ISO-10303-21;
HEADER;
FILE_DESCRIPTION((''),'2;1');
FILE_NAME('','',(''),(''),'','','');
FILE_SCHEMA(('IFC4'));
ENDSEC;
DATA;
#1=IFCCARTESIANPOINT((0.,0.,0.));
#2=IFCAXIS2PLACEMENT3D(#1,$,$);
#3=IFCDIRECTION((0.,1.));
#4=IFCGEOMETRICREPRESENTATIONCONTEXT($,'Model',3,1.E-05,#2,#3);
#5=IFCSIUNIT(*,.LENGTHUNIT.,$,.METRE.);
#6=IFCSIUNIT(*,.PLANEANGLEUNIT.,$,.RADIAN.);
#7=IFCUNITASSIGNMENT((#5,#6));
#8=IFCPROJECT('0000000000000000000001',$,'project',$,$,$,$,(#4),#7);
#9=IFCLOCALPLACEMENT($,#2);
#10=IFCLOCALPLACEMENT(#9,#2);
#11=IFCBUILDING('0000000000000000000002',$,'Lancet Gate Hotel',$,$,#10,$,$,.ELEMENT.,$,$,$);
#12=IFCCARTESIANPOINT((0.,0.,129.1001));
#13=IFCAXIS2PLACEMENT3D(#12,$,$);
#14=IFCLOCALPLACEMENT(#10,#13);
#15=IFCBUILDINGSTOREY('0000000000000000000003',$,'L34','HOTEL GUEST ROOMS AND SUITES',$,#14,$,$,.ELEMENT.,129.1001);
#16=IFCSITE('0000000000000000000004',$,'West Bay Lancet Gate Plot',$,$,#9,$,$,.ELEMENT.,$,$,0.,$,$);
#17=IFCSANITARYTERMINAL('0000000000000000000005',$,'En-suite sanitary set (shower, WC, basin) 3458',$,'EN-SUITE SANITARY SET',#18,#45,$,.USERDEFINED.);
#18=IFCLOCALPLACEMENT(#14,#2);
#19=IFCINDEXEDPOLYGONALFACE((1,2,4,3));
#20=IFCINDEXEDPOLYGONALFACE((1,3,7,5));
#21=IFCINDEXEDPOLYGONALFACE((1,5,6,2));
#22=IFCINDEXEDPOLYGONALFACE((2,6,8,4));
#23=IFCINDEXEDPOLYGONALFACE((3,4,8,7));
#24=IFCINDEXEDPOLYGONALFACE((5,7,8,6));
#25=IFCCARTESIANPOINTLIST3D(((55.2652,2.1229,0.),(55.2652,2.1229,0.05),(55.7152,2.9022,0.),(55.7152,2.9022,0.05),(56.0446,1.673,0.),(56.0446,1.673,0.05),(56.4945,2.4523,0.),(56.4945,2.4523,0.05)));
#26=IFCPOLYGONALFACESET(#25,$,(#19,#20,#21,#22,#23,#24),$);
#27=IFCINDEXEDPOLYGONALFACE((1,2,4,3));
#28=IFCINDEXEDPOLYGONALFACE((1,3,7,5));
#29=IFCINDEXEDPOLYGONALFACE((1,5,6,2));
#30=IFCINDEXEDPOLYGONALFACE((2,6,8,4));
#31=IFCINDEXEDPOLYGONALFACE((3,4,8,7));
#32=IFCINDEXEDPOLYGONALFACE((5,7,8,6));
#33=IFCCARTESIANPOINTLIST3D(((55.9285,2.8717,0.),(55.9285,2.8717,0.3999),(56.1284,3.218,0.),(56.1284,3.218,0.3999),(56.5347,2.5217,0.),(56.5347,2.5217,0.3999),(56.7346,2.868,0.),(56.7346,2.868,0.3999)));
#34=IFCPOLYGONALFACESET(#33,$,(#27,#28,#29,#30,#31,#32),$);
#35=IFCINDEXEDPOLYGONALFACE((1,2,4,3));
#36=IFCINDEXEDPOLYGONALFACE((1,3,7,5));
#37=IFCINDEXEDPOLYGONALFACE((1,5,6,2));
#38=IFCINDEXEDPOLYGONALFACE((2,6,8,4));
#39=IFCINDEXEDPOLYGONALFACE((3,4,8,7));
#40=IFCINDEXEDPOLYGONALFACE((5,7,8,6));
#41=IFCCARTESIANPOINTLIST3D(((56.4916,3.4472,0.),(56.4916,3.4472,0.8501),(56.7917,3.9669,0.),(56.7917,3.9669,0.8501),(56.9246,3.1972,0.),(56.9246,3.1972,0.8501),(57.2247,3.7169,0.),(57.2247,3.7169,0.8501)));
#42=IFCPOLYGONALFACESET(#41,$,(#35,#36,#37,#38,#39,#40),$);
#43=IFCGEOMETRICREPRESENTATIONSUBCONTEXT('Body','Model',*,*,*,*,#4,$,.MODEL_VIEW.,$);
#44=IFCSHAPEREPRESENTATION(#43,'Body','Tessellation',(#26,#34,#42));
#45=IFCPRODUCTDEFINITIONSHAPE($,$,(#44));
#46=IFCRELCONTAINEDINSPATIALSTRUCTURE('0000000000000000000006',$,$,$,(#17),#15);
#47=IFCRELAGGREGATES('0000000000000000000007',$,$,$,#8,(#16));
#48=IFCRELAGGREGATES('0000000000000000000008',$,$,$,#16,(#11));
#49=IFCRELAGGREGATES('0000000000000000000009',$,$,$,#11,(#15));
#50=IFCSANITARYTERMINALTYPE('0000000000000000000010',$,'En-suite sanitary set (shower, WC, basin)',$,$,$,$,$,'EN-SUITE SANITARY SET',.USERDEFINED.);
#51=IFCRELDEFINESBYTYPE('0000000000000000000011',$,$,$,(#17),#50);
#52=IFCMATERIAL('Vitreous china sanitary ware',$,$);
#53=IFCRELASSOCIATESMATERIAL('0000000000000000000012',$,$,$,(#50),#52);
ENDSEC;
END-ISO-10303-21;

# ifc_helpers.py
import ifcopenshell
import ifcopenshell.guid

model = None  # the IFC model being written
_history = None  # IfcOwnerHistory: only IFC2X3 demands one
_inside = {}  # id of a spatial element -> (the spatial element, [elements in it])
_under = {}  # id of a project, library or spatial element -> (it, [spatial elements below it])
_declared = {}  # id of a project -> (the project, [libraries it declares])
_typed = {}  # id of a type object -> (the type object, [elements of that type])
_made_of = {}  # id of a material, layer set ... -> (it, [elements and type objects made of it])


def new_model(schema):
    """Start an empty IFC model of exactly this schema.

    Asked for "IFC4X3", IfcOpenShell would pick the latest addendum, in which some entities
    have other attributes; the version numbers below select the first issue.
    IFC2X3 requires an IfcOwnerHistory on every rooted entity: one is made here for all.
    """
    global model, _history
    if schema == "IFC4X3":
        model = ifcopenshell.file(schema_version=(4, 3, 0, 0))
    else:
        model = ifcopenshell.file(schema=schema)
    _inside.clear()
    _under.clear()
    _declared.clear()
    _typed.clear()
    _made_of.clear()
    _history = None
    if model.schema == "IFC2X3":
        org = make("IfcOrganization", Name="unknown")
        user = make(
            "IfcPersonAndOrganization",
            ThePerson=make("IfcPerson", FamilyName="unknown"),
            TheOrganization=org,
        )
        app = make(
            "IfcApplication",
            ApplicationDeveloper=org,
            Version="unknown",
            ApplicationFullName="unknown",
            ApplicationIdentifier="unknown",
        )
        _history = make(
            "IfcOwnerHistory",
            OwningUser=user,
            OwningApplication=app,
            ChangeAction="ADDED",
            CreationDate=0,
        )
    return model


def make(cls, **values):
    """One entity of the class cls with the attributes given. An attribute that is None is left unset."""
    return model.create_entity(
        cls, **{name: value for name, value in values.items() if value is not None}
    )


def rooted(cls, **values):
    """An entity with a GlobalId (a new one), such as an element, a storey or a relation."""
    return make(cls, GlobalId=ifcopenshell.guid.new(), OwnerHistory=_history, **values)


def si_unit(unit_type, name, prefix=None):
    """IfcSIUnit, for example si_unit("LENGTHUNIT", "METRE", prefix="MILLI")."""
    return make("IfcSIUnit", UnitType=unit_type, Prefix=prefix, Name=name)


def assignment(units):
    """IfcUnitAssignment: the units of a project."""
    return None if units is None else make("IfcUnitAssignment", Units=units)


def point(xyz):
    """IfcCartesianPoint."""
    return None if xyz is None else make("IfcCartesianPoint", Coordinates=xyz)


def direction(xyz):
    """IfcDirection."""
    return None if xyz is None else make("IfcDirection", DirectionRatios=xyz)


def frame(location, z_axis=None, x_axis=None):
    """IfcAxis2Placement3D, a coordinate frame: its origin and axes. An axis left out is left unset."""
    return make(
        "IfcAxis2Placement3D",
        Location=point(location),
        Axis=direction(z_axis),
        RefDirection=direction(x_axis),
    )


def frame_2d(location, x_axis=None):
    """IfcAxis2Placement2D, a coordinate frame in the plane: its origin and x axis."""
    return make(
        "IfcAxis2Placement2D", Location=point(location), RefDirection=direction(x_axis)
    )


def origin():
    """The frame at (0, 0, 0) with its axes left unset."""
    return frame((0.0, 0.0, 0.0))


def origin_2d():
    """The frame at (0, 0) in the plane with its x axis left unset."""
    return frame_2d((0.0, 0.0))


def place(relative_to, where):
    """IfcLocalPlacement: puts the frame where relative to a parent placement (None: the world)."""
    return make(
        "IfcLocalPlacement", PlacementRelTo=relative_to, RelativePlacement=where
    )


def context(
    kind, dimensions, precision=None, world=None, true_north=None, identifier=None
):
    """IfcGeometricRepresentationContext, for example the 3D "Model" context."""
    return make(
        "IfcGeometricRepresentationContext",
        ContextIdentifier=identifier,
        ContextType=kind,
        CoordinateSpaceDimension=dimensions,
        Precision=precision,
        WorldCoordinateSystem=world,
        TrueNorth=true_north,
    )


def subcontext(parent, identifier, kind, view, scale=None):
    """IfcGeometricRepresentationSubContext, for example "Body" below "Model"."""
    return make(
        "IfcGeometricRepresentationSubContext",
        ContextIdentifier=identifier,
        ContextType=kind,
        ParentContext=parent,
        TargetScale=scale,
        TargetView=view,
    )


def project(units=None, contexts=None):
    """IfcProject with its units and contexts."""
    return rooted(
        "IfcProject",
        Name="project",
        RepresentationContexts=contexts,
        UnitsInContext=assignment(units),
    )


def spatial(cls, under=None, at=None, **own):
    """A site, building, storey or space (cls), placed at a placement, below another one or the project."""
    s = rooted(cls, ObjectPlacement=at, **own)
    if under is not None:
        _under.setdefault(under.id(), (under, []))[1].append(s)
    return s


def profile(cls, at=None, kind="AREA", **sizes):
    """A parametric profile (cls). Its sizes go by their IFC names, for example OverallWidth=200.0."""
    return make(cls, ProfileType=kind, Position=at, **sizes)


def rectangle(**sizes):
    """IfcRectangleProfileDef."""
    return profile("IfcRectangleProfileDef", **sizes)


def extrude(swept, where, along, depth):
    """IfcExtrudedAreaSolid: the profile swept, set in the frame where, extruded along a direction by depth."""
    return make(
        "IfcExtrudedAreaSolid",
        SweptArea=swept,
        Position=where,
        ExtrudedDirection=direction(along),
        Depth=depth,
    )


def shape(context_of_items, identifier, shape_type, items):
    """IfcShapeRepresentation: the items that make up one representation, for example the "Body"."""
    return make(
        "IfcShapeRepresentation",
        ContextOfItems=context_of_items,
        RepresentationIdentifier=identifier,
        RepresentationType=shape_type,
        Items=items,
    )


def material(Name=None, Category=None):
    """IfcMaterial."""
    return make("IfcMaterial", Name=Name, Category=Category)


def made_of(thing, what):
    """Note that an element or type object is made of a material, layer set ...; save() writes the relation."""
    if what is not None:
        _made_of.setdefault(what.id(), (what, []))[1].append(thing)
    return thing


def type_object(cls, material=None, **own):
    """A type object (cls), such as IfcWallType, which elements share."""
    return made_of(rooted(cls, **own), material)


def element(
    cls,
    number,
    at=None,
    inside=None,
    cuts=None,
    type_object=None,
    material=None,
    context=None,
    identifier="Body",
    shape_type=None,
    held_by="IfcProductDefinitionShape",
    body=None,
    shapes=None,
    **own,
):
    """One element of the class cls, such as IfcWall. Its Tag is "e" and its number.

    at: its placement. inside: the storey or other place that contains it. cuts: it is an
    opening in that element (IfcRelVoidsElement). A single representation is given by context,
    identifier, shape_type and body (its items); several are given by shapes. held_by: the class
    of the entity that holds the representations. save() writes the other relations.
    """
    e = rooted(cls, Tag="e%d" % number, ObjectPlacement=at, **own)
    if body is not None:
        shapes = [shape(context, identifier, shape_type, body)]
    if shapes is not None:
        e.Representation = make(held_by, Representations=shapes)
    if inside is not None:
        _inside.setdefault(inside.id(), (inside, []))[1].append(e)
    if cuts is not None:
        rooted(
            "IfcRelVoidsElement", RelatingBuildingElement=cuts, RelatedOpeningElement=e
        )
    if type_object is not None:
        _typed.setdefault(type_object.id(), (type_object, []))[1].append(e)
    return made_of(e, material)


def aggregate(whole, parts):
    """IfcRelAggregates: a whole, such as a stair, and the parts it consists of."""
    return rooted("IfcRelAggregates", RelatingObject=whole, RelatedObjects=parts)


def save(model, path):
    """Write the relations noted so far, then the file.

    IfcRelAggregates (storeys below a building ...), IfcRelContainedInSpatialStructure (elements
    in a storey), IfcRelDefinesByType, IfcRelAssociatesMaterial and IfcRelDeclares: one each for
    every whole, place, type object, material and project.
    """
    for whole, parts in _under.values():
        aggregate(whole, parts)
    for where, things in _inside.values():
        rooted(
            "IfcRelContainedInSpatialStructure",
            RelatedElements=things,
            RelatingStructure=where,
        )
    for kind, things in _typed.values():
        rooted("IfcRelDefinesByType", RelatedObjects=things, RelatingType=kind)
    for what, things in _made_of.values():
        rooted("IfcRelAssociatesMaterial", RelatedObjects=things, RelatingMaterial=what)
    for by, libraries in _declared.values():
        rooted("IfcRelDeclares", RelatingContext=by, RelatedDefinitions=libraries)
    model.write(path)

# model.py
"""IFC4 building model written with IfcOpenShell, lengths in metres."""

from ifc_helpers import new_model, si_unit, direction, frame, origin, origin_2d, place, context, subcontext, project, spatial, rectangle, extrude, material, type_object, element, save


model = new_model("IFC4")

# Units and contexts
model_context = context("Model", 3, precision=1e-05, world=origin(), true_north=direction((0.0, 1.0)))
body_context = subcontext(model_context, "Body", "Model", "MODEL_VIEW")
ifc_project = project(units=[si_unit("LENGTHUNIT", "METRE"), si_unit("PLANEANGLEUNIT", "RADIAN")], contexts=[model_context])

# Site, building, storey
site_placement = place(None, origin())
site = spatial("IfcSite", under=ifc_project, at=site_placement, Name="West Bay Lancet Gate Plot", CompositionType="ELEMENT", RefElevation=0.0)
building_placement = place(site_placement, origin())
building = spatial("IfcBuilding", under=site, at=building_placement, Name="Lancet Gate Hotel", CompositionType="ELEMENT")
storey_placement = place(building_placement, frame((0.0, 0.0, 129.1001)))
storey = spatial("IfcBuildingStorey", under=building, at=storey_placement, Name="L34", Description="HOTEL GUEST ROOMS AND SUITES", CompositionType="ELEMENT", Elevation=129.1001)

# Sanitary terminal
ifc_material_1 = material(Name="Vitreous china sanitary ware")
sanitary_terminal_type = type_object("IfcSanitaryTerminalType", Name="En-suite sanitary set (shower, WC, basin)", ElementType="EN-SUITE SANITARY SET", PredefinedType="USERDEFINED", material=ifc_material_1)
sanitary_terminal_placement = place(storey_placement, frame((55.8799, 2.2876, 0.0), z_axis=(0.0, 0.0, 1.0), x_axis=(1.0, 0.0, 0.0)))
element("IfcSanitaryTerminal", 1, at=sanitary_terminal_placement, inside=storey, type_object=sanitary_terminal_type, Name="En-suite sanitary set (shower, WC, basin) 3458", ObjectType="EN-SUITE SANITARY SET", PredefinedType="USERDEFINED", context=body_context, shape_type="SweptSolid", body=[
    extrude(rectangle(XDim=0.8999, YDim=0.8999, at=origin_2d()), frame((0.0, 0.0, 0.0), z_axis=(0.0, 0.0, 1.0), x_axis=(-0.5, -0.866025, 0.0)), (0.0, 0.0, 1.0), 0.05),
    extrude(rectangle(XDim=0.3999, YDim=0.7, at=origin_2d()), frame((0.4517, 0.5823, 0.0), z_axis=(0.0, 0.0, 1.0), x_axis=(-0.5, -0.866025, 0.0)), (0.0, 0.0, 1.0), 0.3999),
    extrude(rectangle(XDim=0.6001, YDim=0.5, at=origin_2d()), frame((0.9783, 1.2944, 0.0), z_axis=(0.0, 0.0, 1.0), x_axis=(-0.5, -0.866025, 0.0)), (0.0, 0.0, 1.0), 0.8501),
])

save(model, "model.ifc")
